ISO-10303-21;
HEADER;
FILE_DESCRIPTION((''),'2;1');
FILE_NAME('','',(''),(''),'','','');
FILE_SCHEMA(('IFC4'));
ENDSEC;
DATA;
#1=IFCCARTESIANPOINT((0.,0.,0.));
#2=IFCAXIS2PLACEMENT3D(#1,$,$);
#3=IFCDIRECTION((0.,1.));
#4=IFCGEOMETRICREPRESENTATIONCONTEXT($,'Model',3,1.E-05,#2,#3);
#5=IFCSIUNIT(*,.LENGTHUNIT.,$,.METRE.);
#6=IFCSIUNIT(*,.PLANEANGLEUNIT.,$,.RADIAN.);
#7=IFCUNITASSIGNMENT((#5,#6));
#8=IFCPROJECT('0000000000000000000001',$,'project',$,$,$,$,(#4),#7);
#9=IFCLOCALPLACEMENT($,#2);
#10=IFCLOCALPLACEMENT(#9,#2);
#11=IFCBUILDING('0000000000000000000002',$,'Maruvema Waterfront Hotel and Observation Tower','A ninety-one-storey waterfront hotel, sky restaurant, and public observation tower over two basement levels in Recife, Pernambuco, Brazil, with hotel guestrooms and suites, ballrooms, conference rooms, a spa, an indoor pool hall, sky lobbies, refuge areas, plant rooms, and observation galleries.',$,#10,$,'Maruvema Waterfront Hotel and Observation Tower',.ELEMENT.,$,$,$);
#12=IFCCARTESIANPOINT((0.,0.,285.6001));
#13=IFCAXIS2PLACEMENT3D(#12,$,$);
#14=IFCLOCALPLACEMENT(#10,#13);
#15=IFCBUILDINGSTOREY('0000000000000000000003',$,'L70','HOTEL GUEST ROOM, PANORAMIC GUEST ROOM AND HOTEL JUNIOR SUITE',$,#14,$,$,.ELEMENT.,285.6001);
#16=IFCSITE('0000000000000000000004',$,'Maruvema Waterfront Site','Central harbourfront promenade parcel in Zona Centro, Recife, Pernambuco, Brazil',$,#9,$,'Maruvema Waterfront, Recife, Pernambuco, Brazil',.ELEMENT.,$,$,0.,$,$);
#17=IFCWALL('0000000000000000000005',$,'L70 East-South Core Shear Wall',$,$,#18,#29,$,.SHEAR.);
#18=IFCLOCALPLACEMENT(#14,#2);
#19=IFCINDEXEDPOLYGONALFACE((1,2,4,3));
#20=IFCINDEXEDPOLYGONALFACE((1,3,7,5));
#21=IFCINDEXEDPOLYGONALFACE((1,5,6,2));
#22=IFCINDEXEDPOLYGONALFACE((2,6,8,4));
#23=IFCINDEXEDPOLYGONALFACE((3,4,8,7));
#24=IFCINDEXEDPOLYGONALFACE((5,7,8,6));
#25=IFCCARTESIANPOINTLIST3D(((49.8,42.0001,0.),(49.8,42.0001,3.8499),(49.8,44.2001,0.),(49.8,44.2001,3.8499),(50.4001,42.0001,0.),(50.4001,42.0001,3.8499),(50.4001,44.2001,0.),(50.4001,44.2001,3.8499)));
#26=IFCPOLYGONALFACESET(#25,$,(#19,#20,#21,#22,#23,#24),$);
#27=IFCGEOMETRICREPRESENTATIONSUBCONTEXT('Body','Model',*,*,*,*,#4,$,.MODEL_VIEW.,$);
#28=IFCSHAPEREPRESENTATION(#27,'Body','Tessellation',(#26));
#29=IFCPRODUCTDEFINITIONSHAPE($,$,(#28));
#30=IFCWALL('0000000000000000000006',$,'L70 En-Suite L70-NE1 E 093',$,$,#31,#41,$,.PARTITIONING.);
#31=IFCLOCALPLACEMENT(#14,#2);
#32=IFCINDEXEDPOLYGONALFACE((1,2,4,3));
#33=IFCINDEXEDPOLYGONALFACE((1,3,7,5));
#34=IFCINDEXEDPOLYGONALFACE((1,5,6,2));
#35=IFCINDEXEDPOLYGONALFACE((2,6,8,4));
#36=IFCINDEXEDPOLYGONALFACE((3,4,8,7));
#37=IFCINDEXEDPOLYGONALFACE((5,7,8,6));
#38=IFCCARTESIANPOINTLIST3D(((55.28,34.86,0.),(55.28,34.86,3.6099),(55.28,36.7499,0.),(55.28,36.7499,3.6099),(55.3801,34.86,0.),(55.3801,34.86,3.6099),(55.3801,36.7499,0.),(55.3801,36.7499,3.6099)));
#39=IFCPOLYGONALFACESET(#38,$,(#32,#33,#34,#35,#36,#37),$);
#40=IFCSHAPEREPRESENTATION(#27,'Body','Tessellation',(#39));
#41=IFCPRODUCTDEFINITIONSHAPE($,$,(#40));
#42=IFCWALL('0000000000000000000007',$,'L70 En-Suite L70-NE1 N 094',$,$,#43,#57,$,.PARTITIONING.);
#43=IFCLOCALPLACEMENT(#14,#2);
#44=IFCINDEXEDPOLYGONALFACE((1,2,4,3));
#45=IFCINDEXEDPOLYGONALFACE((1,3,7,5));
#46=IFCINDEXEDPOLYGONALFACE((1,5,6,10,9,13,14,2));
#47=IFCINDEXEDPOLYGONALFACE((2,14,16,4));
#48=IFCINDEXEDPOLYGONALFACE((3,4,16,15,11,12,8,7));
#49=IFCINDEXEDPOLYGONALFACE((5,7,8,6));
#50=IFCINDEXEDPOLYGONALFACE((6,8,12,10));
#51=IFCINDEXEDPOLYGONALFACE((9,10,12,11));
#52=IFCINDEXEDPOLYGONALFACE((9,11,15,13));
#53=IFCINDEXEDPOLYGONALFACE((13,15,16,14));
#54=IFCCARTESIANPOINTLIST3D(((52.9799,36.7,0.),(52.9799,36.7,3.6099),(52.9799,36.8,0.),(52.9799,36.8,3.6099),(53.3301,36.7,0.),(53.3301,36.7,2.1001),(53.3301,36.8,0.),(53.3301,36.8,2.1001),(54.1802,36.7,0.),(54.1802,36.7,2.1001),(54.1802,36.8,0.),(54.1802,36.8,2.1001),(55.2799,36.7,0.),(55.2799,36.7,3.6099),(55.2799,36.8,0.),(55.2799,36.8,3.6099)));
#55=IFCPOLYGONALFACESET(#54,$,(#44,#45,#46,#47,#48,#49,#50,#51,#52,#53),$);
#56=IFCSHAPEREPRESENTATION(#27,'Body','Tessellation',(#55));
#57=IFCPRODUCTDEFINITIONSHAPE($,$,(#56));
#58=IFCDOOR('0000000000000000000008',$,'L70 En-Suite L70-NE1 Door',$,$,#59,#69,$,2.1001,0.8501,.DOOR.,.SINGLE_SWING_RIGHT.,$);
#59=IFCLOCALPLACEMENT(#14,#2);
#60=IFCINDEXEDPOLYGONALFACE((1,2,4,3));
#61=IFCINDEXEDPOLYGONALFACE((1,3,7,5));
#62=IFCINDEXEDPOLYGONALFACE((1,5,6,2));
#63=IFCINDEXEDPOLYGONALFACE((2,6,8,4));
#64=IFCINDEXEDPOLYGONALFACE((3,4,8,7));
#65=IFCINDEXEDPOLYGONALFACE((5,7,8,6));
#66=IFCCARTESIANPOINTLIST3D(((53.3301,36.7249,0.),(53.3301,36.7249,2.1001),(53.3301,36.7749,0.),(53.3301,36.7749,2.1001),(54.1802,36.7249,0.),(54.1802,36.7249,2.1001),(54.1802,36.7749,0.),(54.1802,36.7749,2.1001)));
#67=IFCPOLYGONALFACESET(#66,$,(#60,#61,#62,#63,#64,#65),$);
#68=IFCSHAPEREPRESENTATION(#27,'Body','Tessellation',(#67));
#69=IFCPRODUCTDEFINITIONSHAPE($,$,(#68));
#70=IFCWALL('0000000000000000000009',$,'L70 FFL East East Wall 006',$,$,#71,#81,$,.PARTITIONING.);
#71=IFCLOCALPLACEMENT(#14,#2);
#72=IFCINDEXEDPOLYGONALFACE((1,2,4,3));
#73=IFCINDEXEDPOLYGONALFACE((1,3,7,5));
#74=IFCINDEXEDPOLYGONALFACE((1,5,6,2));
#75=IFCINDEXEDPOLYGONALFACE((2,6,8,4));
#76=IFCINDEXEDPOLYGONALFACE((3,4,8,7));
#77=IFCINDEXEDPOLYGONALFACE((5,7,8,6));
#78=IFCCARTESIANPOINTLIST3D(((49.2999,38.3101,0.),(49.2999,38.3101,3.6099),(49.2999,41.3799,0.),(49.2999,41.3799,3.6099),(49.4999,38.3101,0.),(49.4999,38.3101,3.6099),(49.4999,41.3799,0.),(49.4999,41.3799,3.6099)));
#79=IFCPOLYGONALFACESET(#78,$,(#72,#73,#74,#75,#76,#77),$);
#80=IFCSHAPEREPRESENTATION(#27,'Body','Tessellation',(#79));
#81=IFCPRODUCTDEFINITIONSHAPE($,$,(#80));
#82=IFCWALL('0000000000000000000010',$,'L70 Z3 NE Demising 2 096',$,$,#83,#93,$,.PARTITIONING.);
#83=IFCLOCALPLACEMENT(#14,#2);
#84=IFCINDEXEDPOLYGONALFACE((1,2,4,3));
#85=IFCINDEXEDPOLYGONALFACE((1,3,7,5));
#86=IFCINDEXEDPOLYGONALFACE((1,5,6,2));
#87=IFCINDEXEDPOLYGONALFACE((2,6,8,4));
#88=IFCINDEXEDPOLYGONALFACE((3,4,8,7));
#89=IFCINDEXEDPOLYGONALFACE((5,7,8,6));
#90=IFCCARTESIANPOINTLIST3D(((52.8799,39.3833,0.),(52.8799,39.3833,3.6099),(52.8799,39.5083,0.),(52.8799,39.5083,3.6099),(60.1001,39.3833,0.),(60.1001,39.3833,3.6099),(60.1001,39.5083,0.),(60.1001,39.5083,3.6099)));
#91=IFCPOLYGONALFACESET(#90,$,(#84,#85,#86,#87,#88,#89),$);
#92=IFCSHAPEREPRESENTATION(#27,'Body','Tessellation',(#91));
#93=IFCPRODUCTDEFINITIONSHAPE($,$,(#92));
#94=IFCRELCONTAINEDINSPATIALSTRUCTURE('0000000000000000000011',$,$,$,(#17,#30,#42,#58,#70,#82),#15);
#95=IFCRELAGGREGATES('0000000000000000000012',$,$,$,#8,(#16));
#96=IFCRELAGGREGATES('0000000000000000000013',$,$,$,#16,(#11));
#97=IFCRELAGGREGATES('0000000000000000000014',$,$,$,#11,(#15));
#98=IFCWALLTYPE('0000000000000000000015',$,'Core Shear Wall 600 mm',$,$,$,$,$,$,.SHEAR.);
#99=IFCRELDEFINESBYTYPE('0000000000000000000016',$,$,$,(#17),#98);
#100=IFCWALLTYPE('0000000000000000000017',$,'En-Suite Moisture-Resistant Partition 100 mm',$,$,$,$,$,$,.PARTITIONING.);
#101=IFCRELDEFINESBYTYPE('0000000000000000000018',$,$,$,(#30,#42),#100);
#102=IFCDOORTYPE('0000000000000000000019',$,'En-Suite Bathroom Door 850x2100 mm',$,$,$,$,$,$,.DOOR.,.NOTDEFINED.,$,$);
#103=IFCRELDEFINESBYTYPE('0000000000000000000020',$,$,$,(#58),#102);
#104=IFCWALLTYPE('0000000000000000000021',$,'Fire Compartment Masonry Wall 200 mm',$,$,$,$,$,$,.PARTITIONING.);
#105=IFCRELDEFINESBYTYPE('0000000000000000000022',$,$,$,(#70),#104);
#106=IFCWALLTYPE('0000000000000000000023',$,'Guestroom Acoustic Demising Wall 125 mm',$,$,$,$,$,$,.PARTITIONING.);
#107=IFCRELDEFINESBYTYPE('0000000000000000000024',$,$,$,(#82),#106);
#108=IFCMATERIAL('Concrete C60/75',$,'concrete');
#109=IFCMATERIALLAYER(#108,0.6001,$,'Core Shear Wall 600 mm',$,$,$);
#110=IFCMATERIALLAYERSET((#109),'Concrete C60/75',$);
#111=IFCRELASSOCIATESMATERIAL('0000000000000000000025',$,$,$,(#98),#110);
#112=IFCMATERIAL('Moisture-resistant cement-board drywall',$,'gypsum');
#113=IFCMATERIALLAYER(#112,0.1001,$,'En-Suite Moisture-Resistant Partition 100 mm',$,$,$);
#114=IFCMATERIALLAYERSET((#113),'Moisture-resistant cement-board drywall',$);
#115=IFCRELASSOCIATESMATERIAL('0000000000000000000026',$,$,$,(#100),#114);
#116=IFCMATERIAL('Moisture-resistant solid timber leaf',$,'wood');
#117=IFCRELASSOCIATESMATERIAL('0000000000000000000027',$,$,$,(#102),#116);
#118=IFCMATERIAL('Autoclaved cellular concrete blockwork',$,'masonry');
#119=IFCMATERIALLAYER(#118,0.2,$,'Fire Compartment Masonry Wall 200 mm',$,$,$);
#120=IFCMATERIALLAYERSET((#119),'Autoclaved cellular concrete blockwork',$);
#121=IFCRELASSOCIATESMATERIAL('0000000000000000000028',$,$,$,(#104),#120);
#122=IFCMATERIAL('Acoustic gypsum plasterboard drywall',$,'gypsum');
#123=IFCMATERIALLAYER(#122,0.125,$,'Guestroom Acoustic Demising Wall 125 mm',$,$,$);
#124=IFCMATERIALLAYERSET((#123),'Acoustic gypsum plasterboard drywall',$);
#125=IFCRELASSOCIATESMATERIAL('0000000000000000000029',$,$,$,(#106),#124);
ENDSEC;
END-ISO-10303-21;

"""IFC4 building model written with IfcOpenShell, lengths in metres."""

from ifc_helpers import new_model, si_unit, direction, frame, frame_2d, origin, place, context, subcontext, project, spatial, rectangle, extrude, material, layer, layer_set, type_object, element, fill, save


model = new_model("IFC4")

# Units and contexts
model_context = context("Model", 3, precision=1e-05, world=origin(), true_north=direction((0.0, 1.0)))
body_context = subcontext(model_context, "Body", "Model", "MODEL_VIEW")
ifc_project = project(units=[si_unit("LENGTHUNIT", "METRE"), si_unit("PLANEANGLEUNIT", "RADIAN")], contexts=[model_context])

# Site, building, storey
site_placement = place(None, origin())
site = spatial("IfcSite", under=ifc_project, at=site_placement, Name="Maruvema Waterfront Site", Description="Central harbourfront promenade parcel in Zona Centro, Recife, Pernambuco, Brazil", LongName="Maruvema Waterfront, Recife, Pernambuco, Brazil", CompositionType="ELEMENT", RefElevation=0.0)
building_placement = place(site_placement, origin())
building = spatial("IfcBuilding", under=site, at=building_placement, Name="Maruvema Waterfront Hotel and Observation Tower", Description="A ninety-one-storey waterfront hotel, sky restaurant, and public observation tower over two basement levels in Recife, Pernambuco, Brazil, with hotel guestrooms and suites, ballrooms, conference rooms, a spa, an indoor pool hall, sky lobbies, refuge areas, plant rooms, and observation galleries.", LongName="Maruvema Waterfront Hotel and Observation Tower", CompositionType="ELEMENT")
storey_placement = place(building_placement, frame((0.0, 0.0, 285.6001)))
storey = spatial("IfcBuildingStorey", under=building, at=storey_placement, Name="L70", Description="HOTEL GUEST ROOM, PANORAMIC GUEST ROOM AND HOTEL JUNIOR SUITE", CompositionType="ELEMENT", Elevation=285.6001)

# Walls
ifc_material_1 = material(Name="Concrete C60/75", Category="concrete")
ifc_layer_1 = layer(ifc_material_1, 0.6001, Name="Core Shear Wall 600 mm")
ifc_layer_set_1 = layer_set([ifc_layer_1], Name="Concrete C60/75")
wall_type_1 = type_object("IfcWallType", Name="Core Shear Wall 600 mm", PredefinedType="SHEAR", material=ifc_layer_set_1)
wall_1_placement = place(storey_placement, frame((50.1001, 42.0, 0.0), z_axis=(0.0, 0.0, 1.0), x_axis=(0.0, 1.0, 0.0)))
element("IfcWall", 1, at=wall_1_placement, inside=storey, type_object=wall_type_1, Name="L70 East-South Core Shear Wall", PredefinedType="SHEAR", context=body_context, shape_type="SweptSolid", body=[
    extrude(rectangle(XDim=2.2, YDim=0.6001, at=frame_2d((1.1001, 0.0))), origin(), (0.0, 0.0, 1.0), 3.8499),
])
ifc_material_2 = material(Name="Moisture-resistant cement-board drywall", Category="gypsum")
ifc_layer_2 = layer(ifc_material_2, 0.1001, Name="En-Suite Moisture-Resistant Partition 100 mm")
ifc_layer_set_2 = layer_set([ifc_layer_2], Name="Moisture-resistant cement-board drywall")
wall_type_2 = type_object("IfcWallType", Name="En-Suite Moisture-Resistant Partition 100 mm", PredefinedType="PARTITIONING", material=ifc_layer_set_2)
wall_2_placement = place(storey_placement, frame((55.3301, 34.8601, 0.0), z_axis=(0.0, 0.0, 1.0), x_axis=(0.0, 1.0, 0.0)))
element("IfcWall", 2, at=wall_2_placement, inside=storey, type_object=wall_type_2, Name="L70 En-Suite L70-NE1 E 093", PredefinedType="PARTITIONING", context=body_context, shape_type="SweptSolid", body=[
    extrude(rectangle(XDim=1.8899, YDim=0.1001, at=frame_2d((0.9448, 0.0))), origin(), (0.0, 0.0, 1.0), 3.6099),
])

# Wall, opening, door
wall_3_placement = place(storey_placement, frame((52.98, 36.75, 0.0), z_axis=(0.0, 0.0, 1.0), x_axis=(1.0, 0.0, 0.0)))
wall_3 = element("IfcWall", 3, at=wall_3_placement, inside=storey, type_object=wall_type_2, Name="L70 En-Suite L70-NE1 N 094", PredefinedType="PARTITIONING", context=body_context, shape_type="SweptSolid", body=[
    extrude(rectangle(XDim=2.3, YDim=0.1001, at=frame_2d((1.1499, 0.0))), origin(), (0.0, 0.0, 1.0), 3.6099),
])
opening_1_placement = place(wall_3_placement, frame((0.3501, 0.0, 0.0)))
opening_1 = element("IfcOpeningElement", 4, at=opening_1_placement, cuts=wall_3, PredefinedType="OPENING", context=body_context, shape_type="SweptSolid", body=[
    extrude(rectangle(XDim=0.8501, YDim=2.1001, at=frame_2d((0.425, 1.05))), frame((0.0, 0.0601, 0.0), z_axis=(0.0, -1.0, 0.0), x_axis=(1.0, 0.0, 0.0)), (0.0, 0.0, 1.0), 0.1201),
])
ifc_material_3 = material(Name="Moisture-resistant solid timber leaf", Category="wood")
door_type_1 = type_object("IfcDoorType", Name="En-Suite Bathroom Door 850x2100 mm", OperationType="NOTDEFINED", PredefinedType="DOOR", material=ifc_material_3)
door_1_placement = place(opening_1_placement, origin())
door_1 = element("IfcDoor", 5, at=door_1_placement, inside=storey, type_object=door_type_1, Name="L70 En-Suite L70-NE1 Door", OperationType="SINGLE_SWING_RIGHT", OverallHeight=2.1001, OverallWidth=0.8501, PredefinedType="DOOR", context=body_context, shape_type="SweptSolid", body=[
    extrude(rectangle(XDim=0.8501, YDim=2.1001, at=frame_2d((0.425, 1.05))), frame((0.0, 0.0249, 0.0), z_axis=(0.0, -1.0, 0.0), x_axis=(1.0, 0.0, 0.0)), (0.0, 0.0, 1.0), 0.05),
])
fill(opening_1, door_1)

# Walls
ifc_material_4 = material(Name="Autoclaved cellular concrete blockwork", Category="masonry")
ifc_layer_3 = layer(ifc_material_4, 0.2, Name="Fire Compartment Masonry Wall 200 mm")
ifc_layer_set_3 = layer_set([ifc_layer_3], Name="Autoclaved cellular concrete blockwork")
wall_type_3 = type_object("IfcWallType", Name="Fire Compartment Masonry Wall 200 mm", PredefinedType="PARTITIONING", material=ifc_layer_set_3)
wall_4_placement = place(storey_placement, frame((49.3999, 38.3101, 0.0), z_axis=(0.0, 0.0, 1.0), x_axis=(0.0, 1.0, 0.0)))
element("IfcWall", 6, at=wall_4_placement, inside=storey, type_object=wall_type_3, Name="L70 FFL East East Wall 006", PredefinedType="PARTITIONING", context=body_context, shape_type="SweptSolid", body=[
    extrude(rectangle(XDim=3.0698, YDim=0.2, at=frame_2d((1.5349, 0.0))), origin(), (0.0, 0.0, 1.0), 3.6099),
])
ifc_material_5 = material(Name="Acoustic gypsum plasterboard drywall", Category="gypsum")
ifc_layer_4 = layer(ifc_material_5, 0.125, Name="Guestroom Acoustic Demising Wall 125 mm")
ifc_layer_set_4 = layer_set([ifc_layer_4], Name="Acoustic gypsum plasterboard drywall")
wall_type_4 = type_object("IfcWallType", Name="Guestroom Acoustic Demising Wall 125 mm", PredefinedType="PARTITIONING", material=ifc_layer_set_4)
wall_5_placement = place(storey_placement, frame((52.8799, 39.4458, 0.0), z_axis=(0.0, 0.0, 1.0), x_axis=(1.0, 0.0, 0.0)))
element("IfcWall", 7, at=wall_5_placement, inside=storey, type_object=wall_type_4, Name="L70 Z3 NE Demising 2 096", PredefinedType="PARTITIONING", context=body_context, shape_type="SweptSolid", body=[
    extrude(rectangle(XDim=7.2202, YDim=0.125, at=frame_2d((3.6101, 0.0))), origin(), (0.0, 0.0, 1.0), 3.6099),
])

save(model, "model.ifc")
